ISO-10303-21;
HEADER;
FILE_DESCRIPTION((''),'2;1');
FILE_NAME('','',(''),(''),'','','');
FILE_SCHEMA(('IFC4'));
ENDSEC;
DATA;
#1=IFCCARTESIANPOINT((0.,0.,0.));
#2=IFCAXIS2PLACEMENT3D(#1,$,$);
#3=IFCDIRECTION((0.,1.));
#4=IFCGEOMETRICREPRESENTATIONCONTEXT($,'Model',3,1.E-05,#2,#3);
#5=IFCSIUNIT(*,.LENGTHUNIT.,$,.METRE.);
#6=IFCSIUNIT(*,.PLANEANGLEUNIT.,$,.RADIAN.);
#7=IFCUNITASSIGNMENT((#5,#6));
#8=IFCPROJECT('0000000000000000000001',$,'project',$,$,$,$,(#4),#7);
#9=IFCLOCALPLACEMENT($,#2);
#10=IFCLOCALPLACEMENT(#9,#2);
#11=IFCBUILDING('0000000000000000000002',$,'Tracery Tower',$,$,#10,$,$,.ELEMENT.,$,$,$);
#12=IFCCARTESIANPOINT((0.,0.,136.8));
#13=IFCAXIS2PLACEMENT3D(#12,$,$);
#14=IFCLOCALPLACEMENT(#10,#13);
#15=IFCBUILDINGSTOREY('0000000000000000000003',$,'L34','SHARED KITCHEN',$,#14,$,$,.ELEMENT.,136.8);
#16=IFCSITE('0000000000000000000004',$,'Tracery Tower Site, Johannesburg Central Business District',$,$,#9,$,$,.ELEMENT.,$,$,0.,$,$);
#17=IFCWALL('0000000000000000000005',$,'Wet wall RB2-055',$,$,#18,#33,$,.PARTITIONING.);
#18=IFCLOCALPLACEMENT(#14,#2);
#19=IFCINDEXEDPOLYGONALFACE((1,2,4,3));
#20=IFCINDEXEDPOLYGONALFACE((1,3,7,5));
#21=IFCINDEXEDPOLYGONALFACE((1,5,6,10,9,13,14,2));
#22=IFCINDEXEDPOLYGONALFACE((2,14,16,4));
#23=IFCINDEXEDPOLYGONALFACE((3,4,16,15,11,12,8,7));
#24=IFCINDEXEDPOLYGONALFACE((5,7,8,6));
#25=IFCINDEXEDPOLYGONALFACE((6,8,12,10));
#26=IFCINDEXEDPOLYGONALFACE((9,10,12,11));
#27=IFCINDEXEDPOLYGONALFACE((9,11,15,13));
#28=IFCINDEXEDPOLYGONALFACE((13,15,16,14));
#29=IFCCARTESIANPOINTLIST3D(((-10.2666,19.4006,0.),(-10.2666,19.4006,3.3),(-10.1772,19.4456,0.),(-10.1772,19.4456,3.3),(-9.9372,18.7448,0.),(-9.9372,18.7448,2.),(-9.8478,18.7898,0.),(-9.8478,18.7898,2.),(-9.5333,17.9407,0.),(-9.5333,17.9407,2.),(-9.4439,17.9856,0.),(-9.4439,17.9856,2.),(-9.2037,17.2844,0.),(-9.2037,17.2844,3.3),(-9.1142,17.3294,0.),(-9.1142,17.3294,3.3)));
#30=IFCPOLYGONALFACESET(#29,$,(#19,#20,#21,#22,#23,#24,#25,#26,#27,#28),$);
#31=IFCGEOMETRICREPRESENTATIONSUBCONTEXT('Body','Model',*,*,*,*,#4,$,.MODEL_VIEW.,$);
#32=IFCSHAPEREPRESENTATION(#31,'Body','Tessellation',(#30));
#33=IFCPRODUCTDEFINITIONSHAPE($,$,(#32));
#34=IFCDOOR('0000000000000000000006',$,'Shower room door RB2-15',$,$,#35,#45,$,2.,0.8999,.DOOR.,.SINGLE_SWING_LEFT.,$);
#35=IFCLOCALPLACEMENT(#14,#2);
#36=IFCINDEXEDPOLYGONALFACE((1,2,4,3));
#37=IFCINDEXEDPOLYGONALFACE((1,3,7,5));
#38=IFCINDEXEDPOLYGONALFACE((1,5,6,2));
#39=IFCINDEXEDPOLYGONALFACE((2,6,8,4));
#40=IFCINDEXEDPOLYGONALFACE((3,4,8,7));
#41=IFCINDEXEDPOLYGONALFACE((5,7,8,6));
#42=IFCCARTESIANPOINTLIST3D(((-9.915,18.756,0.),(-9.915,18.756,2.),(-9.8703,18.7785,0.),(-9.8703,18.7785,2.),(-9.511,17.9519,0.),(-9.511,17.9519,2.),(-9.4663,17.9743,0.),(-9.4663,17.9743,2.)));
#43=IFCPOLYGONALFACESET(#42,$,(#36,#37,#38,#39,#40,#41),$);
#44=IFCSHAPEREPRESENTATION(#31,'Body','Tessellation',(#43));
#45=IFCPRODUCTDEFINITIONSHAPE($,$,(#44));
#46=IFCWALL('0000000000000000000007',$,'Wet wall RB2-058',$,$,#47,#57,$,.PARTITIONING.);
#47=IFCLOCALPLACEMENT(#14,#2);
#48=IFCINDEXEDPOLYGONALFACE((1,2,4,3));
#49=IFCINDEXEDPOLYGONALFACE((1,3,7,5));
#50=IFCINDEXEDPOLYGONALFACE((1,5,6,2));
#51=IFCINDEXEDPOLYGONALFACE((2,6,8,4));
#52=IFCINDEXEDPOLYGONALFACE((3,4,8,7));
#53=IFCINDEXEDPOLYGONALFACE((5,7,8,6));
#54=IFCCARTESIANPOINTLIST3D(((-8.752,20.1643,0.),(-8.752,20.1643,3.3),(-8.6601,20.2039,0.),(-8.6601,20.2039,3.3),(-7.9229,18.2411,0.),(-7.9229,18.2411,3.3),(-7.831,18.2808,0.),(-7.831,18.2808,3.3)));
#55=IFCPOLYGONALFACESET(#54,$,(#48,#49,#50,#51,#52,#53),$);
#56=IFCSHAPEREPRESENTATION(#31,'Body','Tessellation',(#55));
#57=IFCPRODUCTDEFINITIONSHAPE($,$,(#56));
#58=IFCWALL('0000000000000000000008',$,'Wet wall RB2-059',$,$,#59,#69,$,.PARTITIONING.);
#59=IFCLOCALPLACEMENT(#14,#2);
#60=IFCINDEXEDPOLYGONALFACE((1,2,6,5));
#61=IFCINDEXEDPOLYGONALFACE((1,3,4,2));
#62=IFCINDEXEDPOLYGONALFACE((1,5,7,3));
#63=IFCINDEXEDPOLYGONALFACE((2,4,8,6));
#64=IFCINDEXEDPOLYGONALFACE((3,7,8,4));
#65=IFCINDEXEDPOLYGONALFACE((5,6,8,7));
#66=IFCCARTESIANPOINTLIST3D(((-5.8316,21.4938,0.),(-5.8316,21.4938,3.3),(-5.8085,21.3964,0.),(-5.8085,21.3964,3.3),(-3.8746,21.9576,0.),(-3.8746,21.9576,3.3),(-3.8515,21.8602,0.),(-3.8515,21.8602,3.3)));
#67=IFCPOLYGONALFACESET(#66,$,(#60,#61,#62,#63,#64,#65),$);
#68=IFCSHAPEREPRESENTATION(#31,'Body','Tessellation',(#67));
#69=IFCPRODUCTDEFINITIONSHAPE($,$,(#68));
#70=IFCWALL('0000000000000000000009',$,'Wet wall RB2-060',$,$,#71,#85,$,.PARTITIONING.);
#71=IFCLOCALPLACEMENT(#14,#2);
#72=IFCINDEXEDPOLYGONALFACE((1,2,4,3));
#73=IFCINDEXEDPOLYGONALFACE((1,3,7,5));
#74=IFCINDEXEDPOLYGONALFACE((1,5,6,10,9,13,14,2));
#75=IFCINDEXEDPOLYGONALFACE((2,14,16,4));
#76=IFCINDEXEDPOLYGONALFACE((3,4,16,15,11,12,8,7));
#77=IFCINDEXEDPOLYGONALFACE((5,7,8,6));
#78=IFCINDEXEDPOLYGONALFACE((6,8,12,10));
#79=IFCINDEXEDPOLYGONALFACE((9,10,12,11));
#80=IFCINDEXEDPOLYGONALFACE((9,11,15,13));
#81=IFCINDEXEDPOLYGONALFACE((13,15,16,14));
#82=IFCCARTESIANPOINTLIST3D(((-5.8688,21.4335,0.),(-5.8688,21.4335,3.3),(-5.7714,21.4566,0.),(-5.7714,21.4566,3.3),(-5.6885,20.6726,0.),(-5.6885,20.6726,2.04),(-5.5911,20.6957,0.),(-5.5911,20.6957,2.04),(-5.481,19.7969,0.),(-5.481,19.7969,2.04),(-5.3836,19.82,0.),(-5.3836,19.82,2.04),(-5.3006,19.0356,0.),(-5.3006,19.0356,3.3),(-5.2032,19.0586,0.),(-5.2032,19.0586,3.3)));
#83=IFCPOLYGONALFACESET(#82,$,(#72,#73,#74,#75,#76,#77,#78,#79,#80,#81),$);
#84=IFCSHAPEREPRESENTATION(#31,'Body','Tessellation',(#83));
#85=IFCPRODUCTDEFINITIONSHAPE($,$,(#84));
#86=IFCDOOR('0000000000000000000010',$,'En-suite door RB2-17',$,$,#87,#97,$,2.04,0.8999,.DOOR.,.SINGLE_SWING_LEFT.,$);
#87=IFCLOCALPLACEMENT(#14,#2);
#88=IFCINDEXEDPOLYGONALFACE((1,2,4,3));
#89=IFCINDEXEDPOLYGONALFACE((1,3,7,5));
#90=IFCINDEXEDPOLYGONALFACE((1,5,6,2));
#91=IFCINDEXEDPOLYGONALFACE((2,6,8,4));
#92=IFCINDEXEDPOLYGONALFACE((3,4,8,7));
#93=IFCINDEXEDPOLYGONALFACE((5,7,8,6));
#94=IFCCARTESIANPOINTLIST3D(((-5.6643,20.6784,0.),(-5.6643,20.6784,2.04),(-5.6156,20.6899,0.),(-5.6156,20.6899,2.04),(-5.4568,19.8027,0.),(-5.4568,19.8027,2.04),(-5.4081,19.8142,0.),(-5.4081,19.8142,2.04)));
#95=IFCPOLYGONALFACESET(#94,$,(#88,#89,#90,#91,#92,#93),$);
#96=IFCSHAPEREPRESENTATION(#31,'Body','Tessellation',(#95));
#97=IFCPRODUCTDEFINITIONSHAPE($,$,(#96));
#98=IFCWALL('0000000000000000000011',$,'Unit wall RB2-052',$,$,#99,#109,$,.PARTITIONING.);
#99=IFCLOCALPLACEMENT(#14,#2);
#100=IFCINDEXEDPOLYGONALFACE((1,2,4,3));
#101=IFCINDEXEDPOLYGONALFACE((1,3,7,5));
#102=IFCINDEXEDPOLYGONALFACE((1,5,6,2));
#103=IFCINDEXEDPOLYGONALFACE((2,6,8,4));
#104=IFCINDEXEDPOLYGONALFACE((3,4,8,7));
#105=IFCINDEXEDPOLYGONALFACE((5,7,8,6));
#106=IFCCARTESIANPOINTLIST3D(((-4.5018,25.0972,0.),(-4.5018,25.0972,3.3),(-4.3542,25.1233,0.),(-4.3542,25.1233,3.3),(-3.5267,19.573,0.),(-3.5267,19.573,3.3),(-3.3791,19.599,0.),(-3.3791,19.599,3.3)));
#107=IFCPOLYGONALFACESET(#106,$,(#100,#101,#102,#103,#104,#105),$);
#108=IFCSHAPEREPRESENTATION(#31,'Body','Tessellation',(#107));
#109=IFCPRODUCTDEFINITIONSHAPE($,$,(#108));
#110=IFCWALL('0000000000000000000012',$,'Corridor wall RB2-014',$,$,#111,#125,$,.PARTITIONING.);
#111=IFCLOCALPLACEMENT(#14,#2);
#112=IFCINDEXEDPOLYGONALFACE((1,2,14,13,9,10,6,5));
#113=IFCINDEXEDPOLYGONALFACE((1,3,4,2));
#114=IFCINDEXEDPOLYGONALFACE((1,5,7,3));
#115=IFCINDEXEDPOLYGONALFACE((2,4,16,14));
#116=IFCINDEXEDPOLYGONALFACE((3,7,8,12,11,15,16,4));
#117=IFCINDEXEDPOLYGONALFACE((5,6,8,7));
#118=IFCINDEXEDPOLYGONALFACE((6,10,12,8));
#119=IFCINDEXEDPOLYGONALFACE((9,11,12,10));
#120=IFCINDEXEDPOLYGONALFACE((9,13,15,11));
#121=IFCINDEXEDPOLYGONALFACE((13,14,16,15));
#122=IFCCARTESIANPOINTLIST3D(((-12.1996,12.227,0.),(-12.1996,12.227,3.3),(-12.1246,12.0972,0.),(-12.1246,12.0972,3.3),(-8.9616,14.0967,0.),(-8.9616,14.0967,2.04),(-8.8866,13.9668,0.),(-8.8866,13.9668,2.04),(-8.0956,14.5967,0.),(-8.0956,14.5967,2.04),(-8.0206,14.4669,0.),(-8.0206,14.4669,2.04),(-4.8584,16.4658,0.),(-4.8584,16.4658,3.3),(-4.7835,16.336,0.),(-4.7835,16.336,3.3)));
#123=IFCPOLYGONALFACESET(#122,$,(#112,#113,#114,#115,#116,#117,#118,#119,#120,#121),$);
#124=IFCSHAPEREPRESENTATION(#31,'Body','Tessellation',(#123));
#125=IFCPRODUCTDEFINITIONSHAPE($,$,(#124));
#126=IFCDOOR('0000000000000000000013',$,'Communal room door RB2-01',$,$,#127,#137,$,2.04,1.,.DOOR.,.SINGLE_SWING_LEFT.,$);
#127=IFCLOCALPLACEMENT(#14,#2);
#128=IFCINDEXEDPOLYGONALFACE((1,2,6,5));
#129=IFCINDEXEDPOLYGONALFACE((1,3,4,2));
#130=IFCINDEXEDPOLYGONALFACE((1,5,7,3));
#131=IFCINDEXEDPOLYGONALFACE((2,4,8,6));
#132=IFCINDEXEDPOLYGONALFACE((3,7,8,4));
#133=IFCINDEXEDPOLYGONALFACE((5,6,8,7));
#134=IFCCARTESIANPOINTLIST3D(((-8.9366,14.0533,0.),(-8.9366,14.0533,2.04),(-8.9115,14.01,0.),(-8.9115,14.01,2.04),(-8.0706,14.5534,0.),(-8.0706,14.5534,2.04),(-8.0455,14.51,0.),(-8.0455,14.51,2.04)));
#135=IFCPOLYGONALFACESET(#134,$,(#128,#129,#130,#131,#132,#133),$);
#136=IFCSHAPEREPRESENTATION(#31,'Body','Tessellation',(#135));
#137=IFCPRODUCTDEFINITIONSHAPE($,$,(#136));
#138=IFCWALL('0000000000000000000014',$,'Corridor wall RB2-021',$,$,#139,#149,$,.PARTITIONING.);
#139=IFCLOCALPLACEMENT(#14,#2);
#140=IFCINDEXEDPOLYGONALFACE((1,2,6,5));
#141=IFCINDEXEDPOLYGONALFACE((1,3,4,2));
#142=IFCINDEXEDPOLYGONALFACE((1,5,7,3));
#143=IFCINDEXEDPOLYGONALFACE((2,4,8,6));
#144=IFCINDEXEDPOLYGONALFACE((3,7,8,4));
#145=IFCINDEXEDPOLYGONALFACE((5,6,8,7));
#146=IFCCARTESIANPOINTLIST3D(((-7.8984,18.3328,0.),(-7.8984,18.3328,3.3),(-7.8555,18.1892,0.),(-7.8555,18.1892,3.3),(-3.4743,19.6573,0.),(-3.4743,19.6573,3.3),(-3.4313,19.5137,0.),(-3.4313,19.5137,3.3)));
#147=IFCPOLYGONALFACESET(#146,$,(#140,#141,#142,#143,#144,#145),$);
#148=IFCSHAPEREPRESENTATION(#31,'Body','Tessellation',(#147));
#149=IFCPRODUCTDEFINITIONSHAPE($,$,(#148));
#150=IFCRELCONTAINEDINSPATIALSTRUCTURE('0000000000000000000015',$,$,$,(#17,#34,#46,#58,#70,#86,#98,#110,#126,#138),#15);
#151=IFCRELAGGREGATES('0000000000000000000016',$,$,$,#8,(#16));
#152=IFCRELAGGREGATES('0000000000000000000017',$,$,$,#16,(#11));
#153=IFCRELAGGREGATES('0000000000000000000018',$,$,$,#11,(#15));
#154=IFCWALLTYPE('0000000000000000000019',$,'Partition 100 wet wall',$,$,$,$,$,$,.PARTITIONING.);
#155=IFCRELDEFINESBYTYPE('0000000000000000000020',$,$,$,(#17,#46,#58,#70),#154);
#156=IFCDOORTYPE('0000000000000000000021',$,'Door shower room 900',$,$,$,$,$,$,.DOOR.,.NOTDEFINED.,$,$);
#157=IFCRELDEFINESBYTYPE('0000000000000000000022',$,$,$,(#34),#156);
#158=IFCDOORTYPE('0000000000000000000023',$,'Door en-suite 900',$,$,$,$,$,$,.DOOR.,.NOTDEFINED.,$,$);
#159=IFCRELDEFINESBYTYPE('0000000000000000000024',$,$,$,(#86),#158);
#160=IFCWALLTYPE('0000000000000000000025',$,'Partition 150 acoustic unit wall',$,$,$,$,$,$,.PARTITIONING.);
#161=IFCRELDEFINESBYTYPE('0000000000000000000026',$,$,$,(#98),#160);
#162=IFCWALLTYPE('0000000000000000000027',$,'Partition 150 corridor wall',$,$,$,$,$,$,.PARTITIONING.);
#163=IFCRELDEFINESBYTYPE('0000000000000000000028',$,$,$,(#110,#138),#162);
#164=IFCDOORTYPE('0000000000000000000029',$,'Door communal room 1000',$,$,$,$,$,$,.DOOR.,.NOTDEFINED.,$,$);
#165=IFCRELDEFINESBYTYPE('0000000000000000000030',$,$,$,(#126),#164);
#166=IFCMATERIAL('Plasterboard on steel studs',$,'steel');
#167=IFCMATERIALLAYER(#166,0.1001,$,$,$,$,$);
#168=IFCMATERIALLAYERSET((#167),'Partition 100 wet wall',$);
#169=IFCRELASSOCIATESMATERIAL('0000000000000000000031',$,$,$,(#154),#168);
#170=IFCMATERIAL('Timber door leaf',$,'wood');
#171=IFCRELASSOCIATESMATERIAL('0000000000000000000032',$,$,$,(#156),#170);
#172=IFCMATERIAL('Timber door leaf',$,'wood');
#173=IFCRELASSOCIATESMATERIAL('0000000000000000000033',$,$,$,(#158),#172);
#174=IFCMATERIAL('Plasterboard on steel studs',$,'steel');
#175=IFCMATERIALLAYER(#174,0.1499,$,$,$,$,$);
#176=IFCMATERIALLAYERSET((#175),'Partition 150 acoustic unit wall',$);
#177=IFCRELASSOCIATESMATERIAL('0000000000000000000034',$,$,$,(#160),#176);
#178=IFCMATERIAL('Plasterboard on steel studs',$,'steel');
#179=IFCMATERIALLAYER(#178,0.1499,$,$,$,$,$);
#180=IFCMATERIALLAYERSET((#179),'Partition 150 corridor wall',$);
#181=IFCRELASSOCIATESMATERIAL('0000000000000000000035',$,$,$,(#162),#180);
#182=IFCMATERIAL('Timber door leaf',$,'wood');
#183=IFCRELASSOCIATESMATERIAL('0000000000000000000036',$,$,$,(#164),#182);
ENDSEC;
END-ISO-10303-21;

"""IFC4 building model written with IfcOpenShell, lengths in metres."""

from ifc_helpers import new_model, si_unit, direction, frame, frame_2d, origin, place, context, subcontext, project, spatial, rectangle, extrude, material, layer, layer_set, type_object, element, fill, save


model = new_model("IFC4")

# Units and contexts
model_context = context("Model", 3, precision=1e-05, world=origin(), true_north=direction((0.0, 1.0)))
body_context = subcontext(model_context, "Body", "Model", "MODEL_VIEW")
ifc_project = project(units=[si_unit("LENGTHUNIT", "METRE"), si_unit("PLANEANGLEUNIT", "RADIAN")], contexts=[model_context])

# Site, building, storey
site_placement = place(None, origin())
site = spatial("IfcSite", under=ifc_project, at=site_placement, Name="Tracery Tower Site, Johannesburg Central Business District", CompositionType="ELEMENT", RefElevation=0.0)
building_placement = place(site_placement, origin())
building = spatial("IfcBuilding", under=site, at=building_placement, Name="Tracery Tower", CompositionType="ELEMENT")
storey_placement = place(building_placement, frame((0.0, 0.0, 136.8)))
storey = spatial("IfcBuildingStorey", under=building, at=storey_placement, Name="L34", Description="SHARED KITCHEN", CompositionType="ELEMENT", Elevation=136.8)

# Shared definitions
ifc_material_1 = material(Name="Plasterboard on steel studs", Category="steel")
ifc_layer_1 = layer(ifc_material_1, 0.1001)
ifc_layer_set_1 = layer_set([ifc_layer_1], Name="Partition 100 wet wall")
wall_type_1 = type_object("IfcWallType", Name="Partition 100 wet wall", PredefinedType="PARTITIONING", material=ifc_layer_set_1)

# Wall, opening, door
wall_1_placement = place(storey_placement, frame((-10.2219, 19.4231, 0.0), z_axis=(0.0, 0.0, 1.0), x_axis=(0.448862, -0.893601, 0.0)))
wall_1 = element("IfcWall", 1, at=wall_1_placement, inside=storey, type_object=wall_type_1, Name="Wet wall RB2-055", PredefinedType="PARTITIONING", context=body_context, shape_type="SweptSolid", body=[
    extrude(rectangle(XDim=2.3682, YDim=0.1001, at=frame_2d((1.1841, 0.0))), origin(), (0.0, 0.0, 1.0), 3.3),
])
opening_1_placement = place(wall_1_placement, frame((0.7339, 0.0, 0.0)))
opening_1 = element("IfcOpeningElement", 2, at=opening_1_placement, cuts=wall_1, PredefinedType="OPENING", context=body_context, shape_type="SweptSolid", body=[
    extrude(rectangle(XDim=0.8999, YDim=2.0, at=frame_2d((0.45, 1.0))), frame((0.0, 0.05, 0.0), z_axis=(0.0, -1.0, 0.0), x_axis=(1.0, 0.0, 0.0)), (0.0, 0.0, 1.0), 0.1001),
])
ifc_material_2 = material(Name="Timber door leaf", Category="wood")
door_type_1 = type_object("IfcDoorType", Name="Door shower room 900", OperationType="NOTDEFINED", PredefinedType="DOOR", material=ifc_material_2)
door_1_placement = place(opening_1_placement, origin())
door_1 = element("IfcDoor", 3, at=door_1_placement, inside=storey, type_object=door_type_1, Name="Shower room door RB2-15", OperationType="SINGLE_SWING_LEFT", OverallHeight=2.0, OverallWidth=0.8999, PredefinedType="DOOR", context=body_context, shape_type="SweptSolid", body=[
    extrude(rectangle(XDim=0.8999, YDim=2.0, at=frame_2d((0.45, 1.0))), frame((0.0, 0.0249, 0.0), z_axis=(0.0, -1.0, 0.0), x_axis=(1.0, 0.0, 0.0)), (0.0, 0.0, 1.0), 0.05),
])
fill(opening_1, door_1)

# Walls
wall_2_placement = place(storey_placement, frame((-8.7061, 20.1841, 0.0), z_axis=(0.0, 0.0, 1.0), x_axis=(0.395902, -0.918293, 0.0)))
element("IfcWall", 4, at=wall_2_placement, inside=storey, type_object=wall_type_1, Name="Wet wall RB2-058", PredefinedType="PARTITIONING", context=body_context, shape_type="SweptSolid", body=[
    extrude(rectangle(XDim=2.0942, YDim=0.1001, at=frame_2d((1.0471, 0.0))), origin(), (0.0, 0.0, 1.0), 3.3),
])
wall_3_placement = place(storey_placement, frame((-5.8201, 21.4451, 0.0), z_axis=(0.0, 0.0, 1.0), x_axis=(0.97304, 0.230636, 0.0)))
element("IfcWall", 5, at=wall_3_placement, inside=storey, type_object=wall_type_1, Name="Wet wall RB2-059", PredefinedType="PARTITIONING", context=body_context, shape_type="SweptSolid", body=[
    extrude(rectangle(XDim=2.0112, YDim=0.1001, at=frame_2d((1.0056, 0.0))), origin(), (0.0, 0.0, 1.0), 3.3),
])

# Wall, opening, door
wall_4_placement = place(storey_placement, frame((-5.8201, 21.4451, 0.0), z_axis=(0.0, 0.0, 1.0), x_axis=(0.230536, -0.973064, 0.0)))
wall_4 = element("IfcWall", 6, at=wall_4_placement, inside=storey, type_object=wall_type_1, Name="Wet wall RB2-060", PredefinedType="PARTITIONING", context=body_context, shape_type="SweptSolid", body=[
    extrude(rectangle(XDim=2.4644, YDim=0.1001, at=frame_2d((1.2322, 0.0))), origin(), (0.0, 0.0, 1.0), 3.3),
])
opening_2_placement = place(wall_4_placement, frame((0.782, 0.0, 0.0)))
opening_2 = element("IfcOpeningElement", 7, at=opening_2_placement, cuts=wall_4, PredefinedType="OPENING", context=body_context, shape_type="SweptSolid", body=[
    extrude(rectangle(XDim=0.8999, YDim=2.04, at=frame_2d((0.45, 1.02))), frame((0.0, 0.05, 0.0), z_axis=(0.0, -1.0, 0.0), x_axis=(1.0, 0.0, 0.0)), (0.0, 0.0, 1.0), 0.1001),
])
ifc_material_3 = material(Name="Timber door leaf", Category="wood")
door_type_2 = type_object("IfcDoorType", Name="Door en-suite 900", OperationType="NOTDEFINED", PredefinedType="DOOR", material=ifc_material_3)
door_2_placement = place(opening_2_placement, origin())
door_2 = element("IfcDoor", 8, at=door_2_placement, inside=storey, type_object=door_type_2, Name="En-suite door RB2-17", OperationType="SINGLE_SWING_LEFT", OverallHeight=2.04, OverallWidth=0.8999, PredefinedType="DOOR", context=body_context, shape_type="SweptSolid", body=[
    extrude(rectangle(XDim=0.8999, YDim=2.04, at=frame_2d((0.45, 1.02))), frame((0.0, 0.0249, 0.0), z_axis=(0.0, -1.0, 0.0), x_axis=(1.0, 0.0, 0.0)), (0.0, 0.0, 1.0), 0.05),
])
fill(opening_2, door_2)

# Wall
ifc_material_4 = material(Name="Plasterboard on steel studs", Category="steel")
ifc_layer_2 = layer(ifc_material_4, 0.1499)
ifc_layer_set_2 = layer_set([ifc_layer_2], Name="Partition 150 acoustic unit wall")
wall_type_2 = type_object("IfcWallType", Name="Partition 150 acoustic unit wall", PredefinedType="PARTITIONING", material=ifc_layer_set_2)
wall_5_placement = place(storey_placement, frame((-4.428, 25.1101, 0.0), z_axis=(0.0, 0.0, 1.0), x_axis=(0.173828, -0.984776, 0.0)))
element("IfcWall", 9, at=wall_5_placement, inside=storey, type_object=wall_type_2, Name="Unit wall RB2-052", PredefinedType="PARTITIONING", context=body_context, shape_type="SweptSolid", body=[
    extrude(rectangle(XDim=5.6096, YDim=0.1499, at=frame_2d((2.8047, 0.0))), origin(), (0.0, 0.0, 1.0), 3.3),
])

# Wall, opening, door
ifc_material_5 = material(Name="Plasterboard on steel studs", Category="steel")
ifc_layer_3 = layer(ifc_material_5, 0.1499)
ifc_layer_set_3 = layer_set([ifc_layer_3], Name="Partition 150 corridor wall")
wall_type_3 = type_object("IfcWallType", Name="Partition 150 corridor wall", PredefinedType="PARTITIONING", material=ifc_layer_set_3)
wall_6_placement = place(storey_placement, frame((-12.1621, 12.1621, 0.0), z_axis=(0.0, 0.0, 1.0), x_axis=(0.866005, 0.500036, 0.0)))
wall_6 = element("IfcWall", 10, at=wall_6_placement, inside=storey, type_object=wall_type_3, Name="Corridor wall RB2-014", PredefinedType="PARTITIONING", context=body_context, shape_type="SweptSolid", body=[
    extrude(rectangle(XDim=8.4771, YDim=0.1499, at=frame_2d((4.2385, 0.0))), origin(), (0.0, 0.0, 1.0), 3.3),
])
opening_3_placement = place(wall_6_placement, frame((3.739, 0.0, 0.0)))
opening_3 = element("IfcOpeningElement", 11, at=opening_3_placement, cuts=wall_6, PredefinedType="OPENING", context=body_context, shape_type="SweptSolid", body=[
    extrude(rectangle(XDim=1.0, YDim=2.04, at=frame_2d((0.5, 1.02))), frame((0.0, 0.075, 0.0), z_axis=(0.0, -1.0, 0.0), x_axis=(1.0, 0.0, 0.0)), (0.0, 0.0, 1.0), 0.1499),
])
ifc_material_6 = material(Name="Timber door leaf", Category="wood")
door_type_3 = type_object("IfcDoorType", Name="Door communal room 1000", OperationType="NOTDEFINED", PredefinedType="DOOR", material=ifc_material_6)
door_3_placement = place(opening_3_placement, origin())
door_3 = element("IfcDoor", 12, at=door_3_placement, inside=storey, type_object=door_type_3, Name="Communal room door RB2-01", OperationType="SINGLE_SWING_LEFT", OverallHeight=2.04, OverallWidth=1.0, PredefinedType="DOOR", context=body_context, shape_type="SweptSolid", body=[
    extrude(rectangle(XDim=1.0, YDim=2.04, at=frame_2d((0.5, 1.02))), frame((0.0, 0.0249, 0.0), z_axis=(0.0, -1.0, 0.0), x_axis=(1.0, 0.0, 0.0)), (0.0, 0.0, 1.0), 0.05),
])
fill(opening_3, door_3)

# Wall
wall_7_placement = place(storey_placement, frame((-7.877, 18.261, 0.0), z_axis=(0.0, 0.0, 1.0), x_axis=(0.957991, 0.2868, 0.0)))
element("IfcWall", 13, at=wall_7_placement, inside=storey, type_object=wall_type_3, Name="Corridor wall RB2-021", PredefinedType="PARTITIONING", context=body_context, shape_type="SweptSolid", body=[
    extrude(rectangle(XDim=4.6182, YDim=0.1499, at=frame_2d((2.3091, 0.0))), origin(), (0.0, 0.0, 1.0), 3.3),
])

save(model, "model.ifc")
